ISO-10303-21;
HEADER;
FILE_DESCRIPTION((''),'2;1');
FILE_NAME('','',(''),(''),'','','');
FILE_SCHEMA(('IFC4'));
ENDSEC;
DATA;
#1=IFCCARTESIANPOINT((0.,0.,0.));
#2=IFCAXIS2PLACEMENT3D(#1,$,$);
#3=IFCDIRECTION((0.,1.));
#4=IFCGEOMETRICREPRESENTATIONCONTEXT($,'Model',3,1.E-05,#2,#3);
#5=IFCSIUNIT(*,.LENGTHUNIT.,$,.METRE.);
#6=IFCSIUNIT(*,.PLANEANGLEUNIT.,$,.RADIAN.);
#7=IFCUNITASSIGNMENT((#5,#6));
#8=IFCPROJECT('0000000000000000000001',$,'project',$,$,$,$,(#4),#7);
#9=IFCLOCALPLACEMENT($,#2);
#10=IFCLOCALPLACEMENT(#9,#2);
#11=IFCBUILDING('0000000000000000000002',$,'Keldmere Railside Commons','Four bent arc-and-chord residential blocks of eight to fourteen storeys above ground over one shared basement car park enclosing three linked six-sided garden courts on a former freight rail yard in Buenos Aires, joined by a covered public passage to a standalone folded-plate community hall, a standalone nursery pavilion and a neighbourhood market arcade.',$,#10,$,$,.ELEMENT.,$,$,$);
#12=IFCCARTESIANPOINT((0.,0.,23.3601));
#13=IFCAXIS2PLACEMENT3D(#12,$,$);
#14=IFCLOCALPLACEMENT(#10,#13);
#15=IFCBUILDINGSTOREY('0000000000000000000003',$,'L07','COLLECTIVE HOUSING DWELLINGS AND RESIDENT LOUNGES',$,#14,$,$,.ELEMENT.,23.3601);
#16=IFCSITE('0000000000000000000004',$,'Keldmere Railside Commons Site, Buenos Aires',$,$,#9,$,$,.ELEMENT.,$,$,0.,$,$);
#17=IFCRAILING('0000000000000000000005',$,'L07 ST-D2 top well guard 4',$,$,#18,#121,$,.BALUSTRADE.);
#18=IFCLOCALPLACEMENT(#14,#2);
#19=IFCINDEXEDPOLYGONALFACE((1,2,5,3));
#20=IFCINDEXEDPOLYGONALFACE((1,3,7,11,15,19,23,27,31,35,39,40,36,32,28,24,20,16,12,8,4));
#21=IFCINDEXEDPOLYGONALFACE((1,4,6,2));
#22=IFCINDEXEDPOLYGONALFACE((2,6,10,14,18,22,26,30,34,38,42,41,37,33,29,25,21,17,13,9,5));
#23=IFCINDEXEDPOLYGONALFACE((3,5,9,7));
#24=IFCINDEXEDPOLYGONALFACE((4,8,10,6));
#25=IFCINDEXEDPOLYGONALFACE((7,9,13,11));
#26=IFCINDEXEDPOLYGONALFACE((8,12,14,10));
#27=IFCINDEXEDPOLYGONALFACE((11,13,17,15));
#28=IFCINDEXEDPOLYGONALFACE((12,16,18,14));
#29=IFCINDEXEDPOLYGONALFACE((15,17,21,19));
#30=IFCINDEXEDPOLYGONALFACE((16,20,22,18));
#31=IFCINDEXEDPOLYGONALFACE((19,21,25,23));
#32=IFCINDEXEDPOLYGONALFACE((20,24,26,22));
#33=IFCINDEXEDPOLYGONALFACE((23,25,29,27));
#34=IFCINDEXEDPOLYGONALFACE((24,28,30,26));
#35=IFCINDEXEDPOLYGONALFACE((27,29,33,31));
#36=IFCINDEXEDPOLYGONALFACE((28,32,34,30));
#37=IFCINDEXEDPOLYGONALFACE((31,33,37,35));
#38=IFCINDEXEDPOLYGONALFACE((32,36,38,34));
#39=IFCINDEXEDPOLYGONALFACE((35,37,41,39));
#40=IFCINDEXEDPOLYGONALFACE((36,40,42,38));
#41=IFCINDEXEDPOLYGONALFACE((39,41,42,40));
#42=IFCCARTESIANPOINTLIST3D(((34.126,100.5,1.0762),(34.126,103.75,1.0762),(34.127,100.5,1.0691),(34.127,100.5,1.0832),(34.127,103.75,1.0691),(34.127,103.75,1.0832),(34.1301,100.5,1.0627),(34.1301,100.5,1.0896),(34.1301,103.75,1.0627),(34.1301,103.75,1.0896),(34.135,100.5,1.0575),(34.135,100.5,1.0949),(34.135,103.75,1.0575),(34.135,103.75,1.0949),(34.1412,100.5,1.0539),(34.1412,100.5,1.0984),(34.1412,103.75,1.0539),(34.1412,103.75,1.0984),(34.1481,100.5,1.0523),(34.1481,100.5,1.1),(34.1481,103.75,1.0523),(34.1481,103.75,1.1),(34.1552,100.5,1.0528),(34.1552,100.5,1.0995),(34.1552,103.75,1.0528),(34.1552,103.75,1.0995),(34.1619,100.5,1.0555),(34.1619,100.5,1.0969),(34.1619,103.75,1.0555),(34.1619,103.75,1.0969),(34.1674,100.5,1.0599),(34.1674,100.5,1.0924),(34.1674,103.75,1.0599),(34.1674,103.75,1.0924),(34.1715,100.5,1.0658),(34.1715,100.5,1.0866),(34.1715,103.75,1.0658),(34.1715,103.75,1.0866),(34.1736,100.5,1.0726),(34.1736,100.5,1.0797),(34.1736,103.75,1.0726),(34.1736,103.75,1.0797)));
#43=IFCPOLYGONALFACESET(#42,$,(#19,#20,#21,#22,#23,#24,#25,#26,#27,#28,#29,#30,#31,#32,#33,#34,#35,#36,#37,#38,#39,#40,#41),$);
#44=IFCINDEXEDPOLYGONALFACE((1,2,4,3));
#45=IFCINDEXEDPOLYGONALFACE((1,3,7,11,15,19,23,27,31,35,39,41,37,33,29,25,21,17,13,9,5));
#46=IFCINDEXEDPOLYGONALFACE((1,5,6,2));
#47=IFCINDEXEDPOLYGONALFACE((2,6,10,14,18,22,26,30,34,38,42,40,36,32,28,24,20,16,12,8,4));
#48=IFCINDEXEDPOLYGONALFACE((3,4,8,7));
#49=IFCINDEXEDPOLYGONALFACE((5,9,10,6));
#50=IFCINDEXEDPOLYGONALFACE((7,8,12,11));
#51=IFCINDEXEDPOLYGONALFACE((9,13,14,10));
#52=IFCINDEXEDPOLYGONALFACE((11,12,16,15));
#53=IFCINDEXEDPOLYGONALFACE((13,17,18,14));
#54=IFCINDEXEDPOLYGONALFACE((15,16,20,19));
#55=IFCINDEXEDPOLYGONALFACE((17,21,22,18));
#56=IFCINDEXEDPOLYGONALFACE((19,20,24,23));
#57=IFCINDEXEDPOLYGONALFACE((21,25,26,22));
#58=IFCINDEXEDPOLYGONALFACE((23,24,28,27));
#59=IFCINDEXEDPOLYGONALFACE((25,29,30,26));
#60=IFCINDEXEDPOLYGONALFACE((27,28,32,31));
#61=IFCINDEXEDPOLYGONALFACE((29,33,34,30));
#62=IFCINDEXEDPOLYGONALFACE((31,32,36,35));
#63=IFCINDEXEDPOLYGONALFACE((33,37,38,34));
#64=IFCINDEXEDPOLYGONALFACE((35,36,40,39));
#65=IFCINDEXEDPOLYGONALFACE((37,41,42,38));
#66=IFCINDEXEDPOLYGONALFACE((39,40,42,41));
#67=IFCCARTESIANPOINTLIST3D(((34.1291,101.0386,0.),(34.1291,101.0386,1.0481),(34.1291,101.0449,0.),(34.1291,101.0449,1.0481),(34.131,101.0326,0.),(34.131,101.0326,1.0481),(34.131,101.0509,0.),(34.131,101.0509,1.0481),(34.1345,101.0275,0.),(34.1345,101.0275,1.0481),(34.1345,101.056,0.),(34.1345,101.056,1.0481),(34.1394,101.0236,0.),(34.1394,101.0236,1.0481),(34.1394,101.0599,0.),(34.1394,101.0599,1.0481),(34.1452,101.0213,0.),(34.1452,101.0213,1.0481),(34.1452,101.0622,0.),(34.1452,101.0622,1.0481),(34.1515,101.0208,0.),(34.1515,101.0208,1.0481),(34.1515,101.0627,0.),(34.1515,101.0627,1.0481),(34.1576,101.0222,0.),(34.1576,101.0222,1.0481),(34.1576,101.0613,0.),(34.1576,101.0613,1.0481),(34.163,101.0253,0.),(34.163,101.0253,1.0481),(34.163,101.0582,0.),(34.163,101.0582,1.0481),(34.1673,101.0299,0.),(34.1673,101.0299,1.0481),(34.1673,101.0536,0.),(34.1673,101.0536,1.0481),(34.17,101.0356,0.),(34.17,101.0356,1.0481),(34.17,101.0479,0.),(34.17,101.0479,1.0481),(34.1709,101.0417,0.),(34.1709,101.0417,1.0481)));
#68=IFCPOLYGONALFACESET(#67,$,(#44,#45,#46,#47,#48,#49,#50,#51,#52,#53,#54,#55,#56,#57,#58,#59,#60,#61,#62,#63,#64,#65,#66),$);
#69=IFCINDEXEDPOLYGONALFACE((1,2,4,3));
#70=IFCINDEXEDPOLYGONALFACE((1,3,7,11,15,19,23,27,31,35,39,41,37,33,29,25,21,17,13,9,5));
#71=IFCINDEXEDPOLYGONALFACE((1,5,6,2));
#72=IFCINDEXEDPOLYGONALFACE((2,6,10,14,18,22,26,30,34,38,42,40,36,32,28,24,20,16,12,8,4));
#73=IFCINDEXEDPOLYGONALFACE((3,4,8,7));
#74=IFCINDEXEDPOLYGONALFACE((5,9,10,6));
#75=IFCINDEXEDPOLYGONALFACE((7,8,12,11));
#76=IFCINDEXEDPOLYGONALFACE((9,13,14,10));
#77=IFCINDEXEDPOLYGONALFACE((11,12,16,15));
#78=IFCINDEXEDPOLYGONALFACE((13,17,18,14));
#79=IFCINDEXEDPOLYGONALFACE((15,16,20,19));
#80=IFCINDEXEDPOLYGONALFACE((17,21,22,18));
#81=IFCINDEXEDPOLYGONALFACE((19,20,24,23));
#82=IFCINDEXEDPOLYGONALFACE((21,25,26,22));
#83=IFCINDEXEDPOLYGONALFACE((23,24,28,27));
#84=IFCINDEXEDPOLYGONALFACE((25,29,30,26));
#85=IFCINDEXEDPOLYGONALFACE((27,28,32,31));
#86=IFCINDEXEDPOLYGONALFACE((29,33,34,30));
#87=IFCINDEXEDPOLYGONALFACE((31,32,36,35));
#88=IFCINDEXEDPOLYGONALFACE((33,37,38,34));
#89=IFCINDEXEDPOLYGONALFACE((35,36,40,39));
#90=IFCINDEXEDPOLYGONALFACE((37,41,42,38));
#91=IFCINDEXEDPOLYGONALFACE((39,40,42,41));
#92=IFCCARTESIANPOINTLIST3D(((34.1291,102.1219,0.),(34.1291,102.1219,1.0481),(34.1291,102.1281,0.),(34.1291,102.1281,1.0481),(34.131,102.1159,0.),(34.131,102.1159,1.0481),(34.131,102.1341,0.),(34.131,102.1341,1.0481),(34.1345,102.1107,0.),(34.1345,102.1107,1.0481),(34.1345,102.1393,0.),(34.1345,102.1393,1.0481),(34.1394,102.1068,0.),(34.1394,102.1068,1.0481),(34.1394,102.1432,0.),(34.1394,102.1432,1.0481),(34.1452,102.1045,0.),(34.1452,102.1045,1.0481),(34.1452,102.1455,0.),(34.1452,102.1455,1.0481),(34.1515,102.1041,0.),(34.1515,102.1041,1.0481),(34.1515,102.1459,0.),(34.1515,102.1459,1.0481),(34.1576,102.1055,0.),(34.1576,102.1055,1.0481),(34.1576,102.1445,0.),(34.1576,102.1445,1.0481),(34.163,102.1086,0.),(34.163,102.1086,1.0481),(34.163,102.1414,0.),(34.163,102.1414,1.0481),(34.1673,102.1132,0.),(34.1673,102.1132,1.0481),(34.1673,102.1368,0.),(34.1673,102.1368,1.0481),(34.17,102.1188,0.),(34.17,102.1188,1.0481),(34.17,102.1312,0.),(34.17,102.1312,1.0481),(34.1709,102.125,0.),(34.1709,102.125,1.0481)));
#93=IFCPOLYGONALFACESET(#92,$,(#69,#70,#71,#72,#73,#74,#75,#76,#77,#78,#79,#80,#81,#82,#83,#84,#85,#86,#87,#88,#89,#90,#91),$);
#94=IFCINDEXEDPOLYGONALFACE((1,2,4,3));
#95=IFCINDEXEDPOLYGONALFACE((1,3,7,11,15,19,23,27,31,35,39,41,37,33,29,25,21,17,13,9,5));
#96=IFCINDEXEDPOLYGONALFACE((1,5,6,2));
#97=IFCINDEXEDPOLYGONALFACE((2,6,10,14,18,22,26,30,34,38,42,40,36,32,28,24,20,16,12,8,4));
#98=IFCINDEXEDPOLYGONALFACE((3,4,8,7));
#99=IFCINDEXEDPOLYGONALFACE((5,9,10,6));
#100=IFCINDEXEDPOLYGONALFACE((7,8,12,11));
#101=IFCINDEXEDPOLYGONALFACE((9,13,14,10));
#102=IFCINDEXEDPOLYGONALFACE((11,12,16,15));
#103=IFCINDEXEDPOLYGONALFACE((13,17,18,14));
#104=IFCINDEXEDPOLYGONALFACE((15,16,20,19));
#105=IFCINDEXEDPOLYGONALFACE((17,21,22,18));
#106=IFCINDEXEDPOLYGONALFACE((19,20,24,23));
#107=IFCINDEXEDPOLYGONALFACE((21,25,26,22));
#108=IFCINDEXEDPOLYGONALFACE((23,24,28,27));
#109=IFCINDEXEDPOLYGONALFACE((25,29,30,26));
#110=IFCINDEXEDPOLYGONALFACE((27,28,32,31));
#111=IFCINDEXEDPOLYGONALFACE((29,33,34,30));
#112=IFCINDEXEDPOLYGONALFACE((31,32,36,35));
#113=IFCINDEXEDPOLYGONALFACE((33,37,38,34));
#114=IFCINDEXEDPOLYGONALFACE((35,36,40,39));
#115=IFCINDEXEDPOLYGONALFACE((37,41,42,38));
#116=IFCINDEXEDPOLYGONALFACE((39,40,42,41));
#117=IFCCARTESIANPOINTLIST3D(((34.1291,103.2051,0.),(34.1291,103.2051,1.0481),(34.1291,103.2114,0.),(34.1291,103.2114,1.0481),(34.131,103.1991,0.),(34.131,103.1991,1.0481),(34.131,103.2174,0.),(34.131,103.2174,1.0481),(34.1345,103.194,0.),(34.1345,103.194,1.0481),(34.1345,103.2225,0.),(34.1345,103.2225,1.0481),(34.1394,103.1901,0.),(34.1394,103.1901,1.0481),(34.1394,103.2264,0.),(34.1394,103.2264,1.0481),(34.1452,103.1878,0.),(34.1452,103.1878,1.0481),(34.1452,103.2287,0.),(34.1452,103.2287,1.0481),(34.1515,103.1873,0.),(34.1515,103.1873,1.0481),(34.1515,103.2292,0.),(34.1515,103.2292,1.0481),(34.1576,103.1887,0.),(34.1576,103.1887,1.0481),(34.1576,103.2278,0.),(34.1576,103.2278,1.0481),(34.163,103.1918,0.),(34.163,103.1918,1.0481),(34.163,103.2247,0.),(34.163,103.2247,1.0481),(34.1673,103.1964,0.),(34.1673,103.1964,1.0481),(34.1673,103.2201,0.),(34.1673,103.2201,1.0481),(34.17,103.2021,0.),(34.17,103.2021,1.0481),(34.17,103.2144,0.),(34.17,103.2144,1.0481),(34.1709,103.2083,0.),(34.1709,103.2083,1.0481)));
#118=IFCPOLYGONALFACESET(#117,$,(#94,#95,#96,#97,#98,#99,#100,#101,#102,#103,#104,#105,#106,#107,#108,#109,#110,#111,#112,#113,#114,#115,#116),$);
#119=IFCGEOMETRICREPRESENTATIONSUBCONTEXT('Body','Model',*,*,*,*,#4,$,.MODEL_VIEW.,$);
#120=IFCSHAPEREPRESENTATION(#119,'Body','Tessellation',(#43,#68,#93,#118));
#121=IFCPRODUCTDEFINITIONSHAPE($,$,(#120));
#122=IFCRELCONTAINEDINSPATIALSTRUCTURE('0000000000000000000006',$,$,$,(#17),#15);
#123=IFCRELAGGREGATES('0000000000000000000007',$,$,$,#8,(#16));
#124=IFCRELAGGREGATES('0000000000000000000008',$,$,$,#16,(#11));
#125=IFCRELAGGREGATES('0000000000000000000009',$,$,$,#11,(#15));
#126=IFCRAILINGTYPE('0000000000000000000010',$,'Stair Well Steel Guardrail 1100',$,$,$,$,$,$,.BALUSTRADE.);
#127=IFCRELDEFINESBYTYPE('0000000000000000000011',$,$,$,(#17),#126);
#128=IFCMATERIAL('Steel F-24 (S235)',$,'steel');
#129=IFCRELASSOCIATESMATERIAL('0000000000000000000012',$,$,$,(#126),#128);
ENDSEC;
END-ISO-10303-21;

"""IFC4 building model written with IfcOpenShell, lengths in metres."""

from ifc_helpers import new_model, si_unit, direction, frame, origin, origin_2d, place, context, subcontext, project, spatial, circle, extrude, material, type_object, element, save


model = new_model("IFC4")

# Units and contexts
model_context = context("Model", 3, precision=1e-05, world=origin(), true_north=direction((0.0, 1.0)))
body_context = subcontext(model_context, "Body", "Model", "MODEL_VIEW")
ifc_project = project(units=[si_unit("LENGTHUNIT", "METRE"), si_unit("PLANEANGLEUNIT", "RADIAN")], contexts=[model_context])

# Site, building, storey
site_placement = place(None, origin())
site = spatial("IfcSite", under=ifc_project, at=site_placement, Name="Keldmere Railside Commons Site, Buenos Aires", CompositionType="ELEMENT", RefElevation=0.0)
building_placement = place(site_placement, origin())
building = spatial("IfcBuilding", under=site, at=building_placement, Name="Keldmere Railside Commons", Description="Four bent arc-and-chord residential blocks of eight to fourteen storeys above ground over one shared basement car park enclosing three linked six-sided garden courts on a former freight rail yard in Buenos Aires, joined by a covered public passage to a standalone folded-plate community hall, a standalone nursery pavilion and a neighbourhood market arcade.", CompositionType="ELEMENT")
storey_placement = place(building_placement, frame((0.0, 0.0, 23.3601)))
storey = spatial("IfcBuildingStorey", under=building, at=storey_placement, Name="L07", Description="COLLECTIVE HOUSING DWELLINGS AND RESIDENT LOUNGES", CompositionType="ELEMENT", Elevation=23.3601)

# Shared definitions
ifc_material_1 = material(Name="Steel F-24 (S235)", Category="steel")

# Railing
railing_type_1 = type_object("IfcRailingType", Name="Stair Well Steel Guardrail 1100", PredefinedType="BALUSTRADE", material=ifc_material_1)
railing_1_placement = place(storey_placement, frame((34.1499, 100.5, 0.0)))
element("IfcRailing", 1, at=railing_1_placement, inside=storey, type_object=railing_type_1, Name="L07 ST-D2 top well guard 4", PredefinedType="BALUSTRADE", context=body_context, shape_type="SweptSolid", body=[
    extrude(circle(Radius=0.0239, at=origin_2d()), frame((0.0, 0.0, 1.0762), z_axis=(0.0, 1.0, 0.0), x_axis=(-1.0, 0.0, 0.0)), (0.0, 0.0, 1.0), 3.25),
    extrude(circle(Radius=0.021, at=origin_2d()), frame((0.0, 0.5417, 0.0)), (0.0, 0.0, 1.0), 1.0481),
    extrude(circle(Radius=0.021, at=origin_2d()), frame((0.0, 1.625, 0.0)), (0.0, 0.0, 1.0), 1.0481),
    extrude(circle(Radius=0.021, at=origin_2d()), frame((0.0, 2.7083, 0.0)), (0.0, 0.0, 1.0), 1.0481),
])

save(model, "model.ifc")
